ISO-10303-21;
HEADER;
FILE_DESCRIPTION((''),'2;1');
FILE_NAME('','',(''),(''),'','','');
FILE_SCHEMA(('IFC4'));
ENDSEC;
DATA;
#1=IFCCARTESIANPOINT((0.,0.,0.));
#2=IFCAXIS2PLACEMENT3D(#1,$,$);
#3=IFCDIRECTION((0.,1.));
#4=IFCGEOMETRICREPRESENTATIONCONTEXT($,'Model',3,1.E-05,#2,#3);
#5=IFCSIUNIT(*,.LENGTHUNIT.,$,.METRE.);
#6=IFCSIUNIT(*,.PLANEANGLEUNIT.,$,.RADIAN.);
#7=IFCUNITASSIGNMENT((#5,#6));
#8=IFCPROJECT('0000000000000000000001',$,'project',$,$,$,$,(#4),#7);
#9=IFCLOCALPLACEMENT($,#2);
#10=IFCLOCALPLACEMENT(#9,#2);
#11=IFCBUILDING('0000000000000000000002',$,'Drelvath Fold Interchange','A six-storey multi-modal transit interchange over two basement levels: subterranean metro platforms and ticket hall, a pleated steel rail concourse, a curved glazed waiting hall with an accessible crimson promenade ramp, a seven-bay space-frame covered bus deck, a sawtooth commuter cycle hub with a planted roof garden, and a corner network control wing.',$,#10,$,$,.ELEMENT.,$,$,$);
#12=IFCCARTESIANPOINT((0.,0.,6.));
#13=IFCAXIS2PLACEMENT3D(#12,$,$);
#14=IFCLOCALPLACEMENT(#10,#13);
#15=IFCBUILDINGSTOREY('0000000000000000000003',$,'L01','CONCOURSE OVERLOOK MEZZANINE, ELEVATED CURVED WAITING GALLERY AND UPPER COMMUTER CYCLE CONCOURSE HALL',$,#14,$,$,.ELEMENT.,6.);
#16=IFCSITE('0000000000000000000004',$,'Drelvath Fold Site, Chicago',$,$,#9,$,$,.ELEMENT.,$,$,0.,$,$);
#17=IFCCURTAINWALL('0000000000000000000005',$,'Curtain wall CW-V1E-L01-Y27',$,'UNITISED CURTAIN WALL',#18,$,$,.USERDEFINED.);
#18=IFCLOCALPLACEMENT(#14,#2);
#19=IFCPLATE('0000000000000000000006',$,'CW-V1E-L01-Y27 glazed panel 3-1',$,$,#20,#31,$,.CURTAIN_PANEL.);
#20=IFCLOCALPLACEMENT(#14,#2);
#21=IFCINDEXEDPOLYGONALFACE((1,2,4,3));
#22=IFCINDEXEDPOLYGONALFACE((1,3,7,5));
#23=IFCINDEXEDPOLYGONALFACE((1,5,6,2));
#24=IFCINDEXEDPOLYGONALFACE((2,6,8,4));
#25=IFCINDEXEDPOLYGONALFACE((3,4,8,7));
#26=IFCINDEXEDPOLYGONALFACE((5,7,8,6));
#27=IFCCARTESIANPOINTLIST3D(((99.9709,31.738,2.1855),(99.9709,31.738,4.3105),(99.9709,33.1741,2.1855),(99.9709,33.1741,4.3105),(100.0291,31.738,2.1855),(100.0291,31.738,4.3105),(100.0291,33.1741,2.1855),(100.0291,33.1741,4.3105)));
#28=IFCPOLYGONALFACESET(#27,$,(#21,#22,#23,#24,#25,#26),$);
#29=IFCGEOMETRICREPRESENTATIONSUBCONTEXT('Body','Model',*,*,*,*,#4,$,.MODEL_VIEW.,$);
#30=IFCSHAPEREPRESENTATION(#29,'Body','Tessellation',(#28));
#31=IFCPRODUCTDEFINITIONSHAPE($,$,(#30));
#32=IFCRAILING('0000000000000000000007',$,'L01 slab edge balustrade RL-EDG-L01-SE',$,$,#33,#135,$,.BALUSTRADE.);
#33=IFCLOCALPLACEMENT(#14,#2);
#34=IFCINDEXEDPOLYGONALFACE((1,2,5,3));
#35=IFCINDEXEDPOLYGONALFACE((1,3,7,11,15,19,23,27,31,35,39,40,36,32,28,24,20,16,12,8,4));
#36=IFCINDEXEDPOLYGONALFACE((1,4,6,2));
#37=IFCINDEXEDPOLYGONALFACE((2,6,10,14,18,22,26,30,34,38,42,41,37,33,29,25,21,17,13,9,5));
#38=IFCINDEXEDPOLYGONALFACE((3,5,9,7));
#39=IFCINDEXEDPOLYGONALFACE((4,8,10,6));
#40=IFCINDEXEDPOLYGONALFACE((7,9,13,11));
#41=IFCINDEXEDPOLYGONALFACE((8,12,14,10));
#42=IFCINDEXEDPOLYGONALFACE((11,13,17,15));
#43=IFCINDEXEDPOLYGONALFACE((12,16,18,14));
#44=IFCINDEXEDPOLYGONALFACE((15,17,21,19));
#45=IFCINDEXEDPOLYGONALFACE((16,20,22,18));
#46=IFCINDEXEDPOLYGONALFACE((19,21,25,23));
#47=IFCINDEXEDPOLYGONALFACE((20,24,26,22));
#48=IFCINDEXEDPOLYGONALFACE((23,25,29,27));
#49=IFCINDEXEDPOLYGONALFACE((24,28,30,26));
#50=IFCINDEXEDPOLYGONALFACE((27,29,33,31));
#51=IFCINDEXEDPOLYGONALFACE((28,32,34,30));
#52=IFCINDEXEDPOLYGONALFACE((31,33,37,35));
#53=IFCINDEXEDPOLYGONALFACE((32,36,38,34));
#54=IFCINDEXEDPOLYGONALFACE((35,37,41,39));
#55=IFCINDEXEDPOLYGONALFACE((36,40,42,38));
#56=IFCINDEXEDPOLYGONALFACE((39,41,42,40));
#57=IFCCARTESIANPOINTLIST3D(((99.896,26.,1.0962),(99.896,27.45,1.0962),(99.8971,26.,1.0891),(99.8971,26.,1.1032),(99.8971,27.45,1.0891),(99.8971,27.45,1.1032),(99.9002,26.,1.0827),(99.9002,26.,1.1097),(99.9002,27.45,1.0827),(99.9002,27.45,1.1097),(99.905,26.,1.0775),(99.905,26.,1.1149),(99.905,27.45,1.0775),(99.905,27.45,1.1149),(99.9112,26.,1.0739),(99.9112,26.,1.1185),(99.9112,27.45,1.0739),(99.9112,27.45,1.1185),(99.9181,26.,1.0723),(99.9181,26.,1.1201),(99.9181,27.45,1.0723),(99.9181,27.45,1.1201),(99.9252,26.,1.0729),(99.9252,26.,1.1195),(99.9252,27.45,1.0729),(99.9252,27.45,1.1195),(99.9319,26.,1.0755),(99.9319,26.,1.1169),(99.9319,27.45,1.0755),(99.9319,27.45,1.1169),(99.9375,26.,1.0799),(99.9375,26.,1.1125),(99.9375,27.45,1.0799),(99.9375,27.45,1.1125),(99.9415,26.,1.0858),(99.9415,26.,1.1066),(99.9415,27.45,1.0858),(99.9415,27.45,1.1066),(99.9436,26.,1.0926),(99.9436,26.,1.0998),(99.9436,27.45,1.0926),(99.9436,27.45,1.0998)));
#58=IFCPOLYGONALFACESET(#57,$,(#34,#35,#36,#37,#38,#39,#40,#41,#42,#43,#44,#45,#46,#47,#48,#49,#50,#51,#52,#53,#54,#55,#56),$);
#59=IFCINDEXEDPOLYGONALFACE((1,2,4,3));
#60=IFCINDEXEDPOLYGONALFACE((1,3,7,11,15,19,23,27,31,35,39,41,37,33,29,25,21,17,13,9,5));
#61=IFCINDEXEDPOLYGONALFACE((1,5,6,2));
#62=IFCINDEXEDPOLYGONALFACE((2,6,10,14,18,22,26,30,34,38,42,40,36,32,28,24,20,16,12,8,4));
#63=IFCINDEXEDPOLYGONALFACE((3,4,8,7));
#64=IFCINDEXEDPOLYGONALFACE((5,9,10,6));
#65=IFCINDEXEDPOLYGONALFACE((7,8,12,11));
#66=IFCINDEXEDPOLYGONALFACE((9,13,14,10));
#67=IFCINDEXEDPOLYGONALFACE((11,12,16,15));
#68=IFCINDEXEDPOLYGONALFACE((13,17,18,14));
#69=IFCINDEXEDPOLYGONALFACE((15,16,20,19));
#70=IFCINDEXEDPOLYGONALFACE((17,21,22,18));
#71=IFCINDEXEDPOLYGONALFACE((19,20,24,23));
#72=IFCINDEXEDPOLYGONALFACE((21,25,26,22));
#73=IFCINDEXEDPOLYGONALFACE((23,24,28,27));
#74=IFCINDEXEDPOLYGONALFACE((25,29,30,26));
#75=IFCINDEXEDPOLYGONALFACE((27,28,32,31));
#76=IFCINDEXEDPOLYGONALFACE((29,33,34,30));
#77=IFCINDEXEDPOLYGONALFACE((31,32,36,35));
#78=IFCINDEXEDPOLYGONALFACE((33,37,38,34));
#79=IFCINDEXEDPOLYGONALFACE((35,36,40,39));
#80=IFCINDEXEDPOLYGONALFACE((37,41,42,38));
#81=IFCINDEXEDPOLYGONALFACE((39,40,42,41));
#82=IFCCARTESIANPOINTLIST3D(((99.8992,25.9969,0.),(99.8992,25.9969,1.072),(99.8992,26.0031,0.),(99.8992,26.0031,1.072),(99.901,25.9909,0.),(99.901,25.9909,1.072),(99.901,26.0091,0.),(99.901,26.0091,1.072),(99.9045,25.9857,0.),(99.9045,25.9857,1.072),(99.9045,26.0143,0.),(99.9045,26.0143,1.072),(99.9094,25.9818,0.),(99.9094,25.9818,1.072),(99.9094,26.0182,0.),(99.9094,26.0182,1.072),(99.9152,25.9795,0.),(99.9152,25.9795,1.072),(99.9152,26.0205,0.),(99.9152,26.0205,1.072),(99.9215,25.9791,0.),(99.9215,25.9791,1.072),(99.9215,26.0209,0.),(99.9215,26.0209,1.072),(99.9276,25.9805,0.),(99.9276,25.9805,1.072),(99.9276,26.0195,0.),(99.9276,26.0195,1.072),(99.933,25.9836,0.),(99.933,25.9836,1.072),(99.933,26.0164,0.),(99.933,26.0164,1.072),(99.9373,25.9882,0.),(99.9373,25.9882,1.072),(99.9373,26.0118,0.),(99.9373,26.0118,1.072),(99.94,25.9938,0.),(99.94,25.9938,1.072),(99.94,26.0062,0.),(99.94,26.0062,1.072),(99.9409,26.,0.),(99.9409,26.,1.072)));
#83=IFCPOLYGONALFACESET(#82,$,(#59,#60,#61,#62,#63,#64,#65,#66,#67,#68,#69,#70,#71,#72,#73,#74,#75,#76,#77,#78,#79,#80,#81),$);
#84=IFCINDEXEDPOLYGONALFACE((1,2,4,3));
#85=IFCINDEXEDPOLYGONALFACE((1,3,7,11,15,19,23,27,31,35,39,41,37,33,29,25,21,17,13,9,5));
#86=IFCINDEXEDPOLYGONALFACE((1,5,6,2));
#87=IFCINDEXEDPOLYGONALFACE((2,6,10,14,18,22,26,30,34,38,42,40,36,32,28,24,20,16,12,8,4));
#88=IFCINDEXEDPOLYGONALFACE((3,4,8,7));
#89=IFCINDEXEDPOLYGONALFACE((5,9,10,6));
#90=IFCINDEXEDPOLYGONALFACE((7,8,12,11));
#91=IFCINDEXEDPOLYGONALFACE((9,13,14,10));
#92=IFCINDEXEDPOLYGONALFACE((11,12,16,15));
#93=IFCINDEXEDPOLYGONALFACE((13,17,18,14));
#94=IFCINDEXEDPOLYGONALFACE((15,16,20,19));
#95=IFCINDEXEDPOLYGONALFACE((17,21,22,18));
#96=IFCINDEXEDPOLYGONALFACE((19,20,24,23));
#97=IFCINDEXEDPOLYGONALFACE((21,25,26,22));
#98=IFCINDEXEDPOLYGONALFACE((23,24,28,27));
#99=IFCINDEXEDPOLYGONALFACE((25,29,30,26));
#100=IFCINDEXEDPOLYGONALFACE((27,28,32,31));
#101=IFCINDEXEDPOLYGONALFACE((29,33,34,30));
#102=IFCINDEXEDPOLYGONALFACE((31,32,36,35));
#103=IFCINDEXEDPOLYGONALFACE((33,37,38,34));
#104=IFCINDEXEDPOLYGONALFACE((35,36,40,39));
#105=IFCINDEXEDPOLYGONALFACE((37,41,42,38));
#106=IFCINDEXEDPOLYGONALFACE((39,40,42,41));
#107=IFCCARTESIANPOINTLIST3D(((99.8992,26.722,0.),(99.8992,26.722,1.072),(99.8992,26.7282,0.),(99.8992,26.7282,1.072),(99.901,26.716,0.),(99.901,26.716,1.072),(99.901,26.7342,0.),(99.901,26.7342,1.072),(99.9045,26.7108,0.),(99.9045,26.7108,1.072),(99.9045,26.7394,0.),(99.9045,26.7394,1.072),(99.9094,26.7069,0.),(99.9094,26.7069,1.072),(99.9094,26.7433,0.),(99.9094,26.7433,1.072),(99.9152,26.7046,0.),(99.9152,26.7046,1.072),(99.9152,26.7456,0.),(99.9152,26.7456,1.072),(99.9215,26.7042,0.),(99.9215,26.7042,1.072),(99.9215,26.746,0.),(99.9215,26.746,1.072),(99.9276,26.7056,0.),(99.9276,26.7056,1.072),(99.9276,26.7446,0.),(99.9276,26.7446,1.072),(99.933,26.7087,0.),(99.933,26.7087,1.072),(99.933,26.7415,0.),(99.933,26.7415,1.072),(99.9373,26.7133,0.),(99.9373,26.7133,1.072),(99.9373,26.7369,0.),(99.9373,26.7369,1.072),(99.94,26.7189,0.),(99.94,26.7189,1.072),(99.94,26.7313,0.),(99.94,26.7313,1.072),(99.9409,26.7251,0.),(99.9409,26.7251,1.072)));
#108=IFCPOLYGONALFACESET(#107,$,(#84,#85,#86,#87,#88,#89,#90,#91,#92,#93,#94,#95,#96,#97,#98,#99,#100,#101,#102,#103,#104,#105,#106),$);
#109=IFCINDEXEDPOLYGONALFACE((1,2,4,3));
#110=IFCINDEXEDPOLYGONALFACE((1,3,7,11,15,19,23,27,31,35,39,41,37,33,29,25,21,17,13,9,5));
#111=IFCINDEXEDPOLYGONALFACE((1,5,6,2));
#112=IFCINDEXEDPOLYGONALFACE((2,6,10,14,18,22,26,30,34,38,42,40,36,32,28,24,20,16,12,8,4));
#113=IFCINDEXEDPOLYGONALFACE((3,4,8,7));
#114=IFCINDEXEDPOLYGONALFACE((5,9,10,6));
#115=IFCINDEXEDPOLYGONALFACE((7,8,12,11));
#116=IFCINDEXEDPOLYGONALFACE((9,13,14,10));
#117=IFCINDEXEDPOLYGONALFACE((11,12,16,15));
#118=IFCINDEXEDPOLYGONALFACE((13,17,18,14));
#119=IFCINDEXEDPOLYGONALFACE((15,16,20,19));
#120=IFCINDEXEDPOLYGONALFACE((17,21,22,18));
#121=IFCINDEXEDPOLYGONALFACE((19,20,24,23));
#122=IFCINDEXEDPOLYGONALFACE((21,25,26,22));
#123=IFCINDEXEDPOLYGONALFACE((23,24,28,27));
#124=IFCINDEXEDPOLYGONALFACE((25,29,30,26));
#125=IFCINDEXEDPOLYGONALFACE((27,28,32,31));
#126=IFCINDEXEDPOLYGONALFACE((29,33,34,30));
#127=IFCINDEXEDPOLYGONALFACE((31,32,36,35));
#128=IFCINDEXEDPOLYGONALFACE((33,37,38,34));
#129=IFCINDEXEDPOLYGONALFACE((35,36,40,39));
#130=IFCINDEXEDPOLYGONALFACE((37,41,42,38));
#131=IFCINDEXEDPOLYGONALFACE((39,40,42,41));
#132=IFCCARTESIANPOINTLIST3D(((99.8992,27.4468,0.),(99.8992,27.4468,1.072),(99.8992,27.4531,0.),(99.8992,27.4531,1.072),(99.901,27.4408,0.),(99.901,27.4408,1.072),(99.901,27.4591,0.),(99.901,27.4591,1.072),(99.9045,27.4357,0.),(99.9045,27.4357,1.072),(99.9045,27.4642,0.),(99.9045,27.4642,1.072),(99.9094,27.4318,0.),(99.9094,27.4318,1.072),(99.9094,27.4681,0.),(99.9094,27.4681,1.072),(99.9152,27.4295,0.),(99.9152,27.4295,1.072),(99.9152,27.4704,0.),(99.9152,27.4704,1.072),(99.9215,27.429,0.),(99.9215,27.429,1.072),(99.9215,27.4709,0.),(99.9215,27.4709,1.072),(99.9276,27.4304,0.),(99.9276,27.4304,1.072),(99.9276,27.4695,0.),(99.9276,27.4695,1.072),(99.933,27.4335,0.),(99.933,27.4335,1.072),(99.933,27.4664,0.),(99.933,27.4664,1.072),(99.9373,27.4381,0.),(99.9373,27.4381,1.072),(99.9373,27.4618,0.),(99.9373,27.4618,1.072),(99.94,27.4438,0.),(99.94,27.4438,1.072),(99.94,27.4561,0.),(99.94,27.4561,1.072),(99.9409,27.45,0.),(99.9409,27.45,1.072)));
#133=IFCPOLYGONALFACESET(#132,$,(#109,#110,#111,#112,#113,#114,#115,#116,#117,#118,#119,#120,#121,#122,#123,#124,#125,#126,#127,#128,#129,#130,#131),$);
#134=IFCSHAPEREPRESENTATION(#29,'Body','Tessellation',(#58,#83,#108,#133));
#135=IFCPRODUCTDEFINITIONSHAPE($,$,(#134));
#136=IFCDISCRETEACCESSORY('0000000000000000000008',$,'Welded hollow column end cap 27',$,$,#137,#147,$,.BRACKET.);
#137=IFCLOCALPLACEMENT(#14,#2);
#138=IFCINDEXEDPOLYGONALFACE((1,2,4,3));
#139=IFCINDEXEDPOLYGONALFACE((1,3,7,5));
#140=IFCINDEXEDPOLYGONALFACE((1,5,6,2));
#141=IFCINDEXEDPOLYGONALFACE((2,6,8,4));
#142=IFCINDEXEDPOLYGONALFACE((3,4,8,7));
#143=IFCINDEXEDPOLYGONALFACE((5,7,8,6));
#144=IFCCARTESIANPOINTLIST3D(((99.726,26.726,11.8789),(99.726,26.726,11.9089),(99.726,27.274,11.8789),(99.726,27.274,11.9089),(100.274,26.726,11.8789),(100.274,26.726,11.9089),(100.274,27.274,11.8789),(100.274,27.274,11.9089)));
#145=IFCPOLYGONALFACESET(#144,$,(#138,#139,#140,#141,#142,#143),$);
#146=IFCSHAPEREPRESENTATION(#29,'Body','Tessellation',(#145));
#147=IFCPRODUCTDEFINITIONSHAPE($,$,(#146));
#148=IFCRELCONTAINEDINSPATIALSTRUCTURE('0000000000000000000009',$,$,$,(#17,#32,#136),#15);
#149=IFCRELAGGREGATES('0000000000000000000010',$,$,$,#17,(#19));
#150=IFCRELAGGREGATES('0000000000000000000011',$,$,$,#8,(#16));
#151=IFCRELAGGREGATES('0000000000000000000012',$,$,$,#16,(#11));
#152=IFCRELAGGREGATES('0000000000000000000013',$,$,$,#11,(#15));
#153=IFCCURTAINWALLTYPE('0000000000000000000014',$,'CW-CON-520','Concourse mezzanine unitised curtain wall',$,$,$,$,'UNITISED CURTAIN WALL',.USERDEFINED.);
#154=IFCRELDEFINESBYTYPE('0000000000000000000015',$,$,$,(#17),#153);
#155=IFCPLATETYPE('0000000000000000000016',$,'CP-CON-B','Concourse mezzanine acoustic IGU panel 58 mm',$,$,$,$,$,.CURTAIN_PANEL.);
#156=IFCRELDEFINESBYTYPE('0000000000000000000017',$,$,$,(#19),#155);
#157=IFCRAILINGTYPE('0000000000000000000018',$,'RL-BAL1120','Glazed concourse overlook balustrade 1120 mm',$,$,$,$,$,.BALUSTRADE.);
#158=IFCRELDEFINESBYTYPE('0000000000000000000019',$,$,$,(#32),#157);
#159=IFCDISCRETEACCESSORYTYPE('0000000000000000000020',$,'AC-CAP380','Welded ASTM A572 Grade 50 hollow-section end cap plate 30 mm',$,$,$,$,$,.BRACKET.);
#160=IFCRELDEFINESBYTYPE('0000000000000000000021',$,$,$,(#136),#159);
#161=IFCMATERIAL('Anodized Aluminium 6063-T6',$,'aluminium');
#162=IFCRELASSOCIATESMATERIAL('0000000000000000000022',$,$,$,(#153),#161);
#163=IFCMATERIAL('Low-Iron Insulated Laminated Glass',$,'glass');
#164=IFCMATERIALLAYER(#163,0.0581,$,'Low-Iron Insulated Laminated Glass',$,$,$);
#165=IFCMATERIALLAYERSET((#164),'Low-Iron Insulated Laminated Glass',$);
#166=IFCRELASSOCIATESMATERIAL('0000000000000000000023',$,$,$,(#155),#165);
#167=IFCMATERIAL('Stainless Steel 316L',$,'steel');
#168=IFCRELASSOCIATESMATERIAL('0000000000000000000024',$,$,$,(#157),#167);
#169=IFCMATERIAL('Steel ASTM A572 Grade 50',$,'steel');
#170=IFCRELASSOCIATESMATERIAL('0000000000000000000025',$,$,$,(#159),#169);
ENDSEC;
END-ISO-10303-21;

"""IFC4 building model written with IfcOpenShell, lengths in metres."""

from ifc_helpers import new_model, si_unit, direction, frame, origin, origin_2d, place, context, subcontext, project, spatial, rectangle, circle, extrude, material, layer, layer_set, type_object, element, aggregate, save


model = new_model("IFC4")

# Units and contexts
model_context = context("Model", 3, precision=1e-05, world=origin(), true_north=direction((0.0, 1.0)))
body_context = subcontext(model_context, "Body", "Model", "MODEL_VIEW")
ifc_project = project(units=[si_unit("LENGTHUNIT", "METRE"), si_unit("PLANEANGLEUNIT", "RADIAN")], contexts=[model_context])

# Site, building, storey
site_placement = place(None, origin())
site = spatial("IfcSite", under=ifc_project, at=site_placement, Name="Drelvath Fold Site, Chicago", CompositionType="ELEMENT", RefElevation=0.0)
building_placement = place(site_placement, origin())
building = spatial("IfcBuilding", under=site, at=building_placement, Name="Drelvath Fold Interchange", Description="A six-storey multi-modal transit interchange over two basement levels: subterranean metro platforms and ticket hall, a pleated steel rail concourse, a curved glazed waiting hall with an accessible crimson promenade ramp, a seven-bay space-frame covered bus deck, a sawtooth commuter cycle hub with a planted roof garden, and a corner network control wing.", CompositionType="ELEMENT")
storey_placement = place(building_placement, frame((0.0, 0.0, 6.0)))
storey = spatial("IfcBuildingStorey", under=building, at=storey_placement, Name="L01", Description="CONCOURSE OVERLOOK MEZZANINE, ELEVATED CURVED WAITING GALLERY AND UPPER COMMUTER CYCLE CONCOURSE HALL", CompositionType="ELEMENT", Elevation=6.0)

# Shared definitions
ifc_material_1 = material(Name="Anodized Aluminium 6063-T6", Category="aluminium")

# Curtain wall
curtain_wall_type_1 = type_object("IfcCurtainWallType", Name="CW-CON-520", Description="Concourse mezzanine unitised curtain wall", ElementType="UNITISED CURTAIN WALL", PredefinedType="USERDEFINED", material=ifc_material_1)
curtain_wall_1_placement = place(storey_placement, origin())
curtain_wall_1 = element("IfcCurtainWall", 1, at=curtain_wall_1_placement, inside=storey, type_object=curtain_wall_type_1, Name="Curtain wall CW-V1E-L01-Y27", ObjectType="UNITISED CURTAIN WALL", PredefinedType="USERDEFINED")

# Plate
ifc_material_2 = material(Name="Low-Iron Insulated Laminated Glass", Category="glass")
ifc_layer_1 = layer(ifc_material_2, 0.0581, Name="Low-Iron Insulated Laminated Glass")
ifc_layer_set_1 = layer_set([ifc_layer_1], Name="Low-Iron Insulated Laminated Glass")
plate_type_1 = type_object("IfcPlateType", Name="CP-CON-B", Description="Concourse mezzanine acoustic IGU panel 58 mm", PredefinedType="CURTAIN_PANEL", material=ifc_layer_set_1)
plate_1_placement = place(storey_placement, frame((100.0, 32.4561, 2.1855), z_axis=(0.0, 0.0, 1.0), x_axis=(0.0, 1.0, 0.0)))
plate_1 = element("IfcPlate", 2, at=plate_1_placement, type_object=plate_type_1, Name="CW-V1E-L01-Y27 glazed panel 3-1", PredefinedType="CURTAIN_PANEL", context=body_context, shape_type="SweptSolid", body=[
    extrude(rectangle(XDim=1.436, YDim=0.0581, at=origin_2d()), origin(), (0.0, 0.0, 1.0), 2.125),
])
aggregate(curtain_wall_1, [plate_1])

# Railing
ifc_material_3 = material(Name="Stainless Steel 316L", Category="steel")
railing_type = type_object("IfcRailingType", Name="RL-BAL1120", Description="Glazed concourse overlook balustrade 1120 mm", PredefinedType="BALUSTRADE", material=ifc_material_3)
railing_placement = place(storey_placement, frame((99.9199, 26.0, 0.0)))
element("IfcRailing", 3, at=railing_placement, inside=storey, type_object=railing_type, Name="L01 slab edge balustrade RL-EDG-L01-SE", PredefinedType="BALUSTRADE", context=body_context, shape_type="SweptSolid", body=[
    extrude(circle(Radius=0.0239, at=origin_2d()), frame((0.0, 0.0, 1.0962), z_axis=(0.0, 1.0, 0.0), x_axis=(-1.0, 0.0, 0.0)), (0.0, 0.0, 1.0), 1.45),
    extrude(circle(Radius=0.021, at=origin_2d()), origin(), (0.0, 0.0, 1.0), 1.072),
    extrude(circle(Radius=0.021, at=origin_2d()), frame((0.0, 0.7251, 0.0)), (0.0, 0.0, 1.0), 1.072),
    extrude(circle(Radius=0.021, at=origin_2d()), frame((0.0, 1.45, 0.0)), (0.0, 0.0, 1.0), 1.072),
])

# Discrete accessory
ifc_material_4 = material(Name="Steel ASTM A572 Grade 50", Category="steel")
discrete_accessory_type = type_object("IfcDiscreteAccessoryType", Name="AC-CAP380", Description="Welded ASTM A572 Grade 50 hollow-section end cap plate 30 mm", PredefinedType="BRACKET", material=ifc_material_4)
discrete_accessory_placement = place(storey_placement, frame((100.0, 27.0, 11.8789), z_axis=(0.0, 0.0, 1.0), x_axis=(1.0, 0.0, 0.0)))
element("IfcDiscreteAccessory", 4, at=discrete_accessory_placement, inside=storey, type_object=discrete_accessory_type, Name="Welded hollow column end cap 27", PredefinedType="BRACKET", context=body_context, shape_type="SweptSolid", body=[
    extrude(rectangle(XDim=0.5481, YDim=0.5481, at=origin_2d()), origin(), (0.0, 0.0, 1.0), 0.03),
])

save(model, "model.ifc")
